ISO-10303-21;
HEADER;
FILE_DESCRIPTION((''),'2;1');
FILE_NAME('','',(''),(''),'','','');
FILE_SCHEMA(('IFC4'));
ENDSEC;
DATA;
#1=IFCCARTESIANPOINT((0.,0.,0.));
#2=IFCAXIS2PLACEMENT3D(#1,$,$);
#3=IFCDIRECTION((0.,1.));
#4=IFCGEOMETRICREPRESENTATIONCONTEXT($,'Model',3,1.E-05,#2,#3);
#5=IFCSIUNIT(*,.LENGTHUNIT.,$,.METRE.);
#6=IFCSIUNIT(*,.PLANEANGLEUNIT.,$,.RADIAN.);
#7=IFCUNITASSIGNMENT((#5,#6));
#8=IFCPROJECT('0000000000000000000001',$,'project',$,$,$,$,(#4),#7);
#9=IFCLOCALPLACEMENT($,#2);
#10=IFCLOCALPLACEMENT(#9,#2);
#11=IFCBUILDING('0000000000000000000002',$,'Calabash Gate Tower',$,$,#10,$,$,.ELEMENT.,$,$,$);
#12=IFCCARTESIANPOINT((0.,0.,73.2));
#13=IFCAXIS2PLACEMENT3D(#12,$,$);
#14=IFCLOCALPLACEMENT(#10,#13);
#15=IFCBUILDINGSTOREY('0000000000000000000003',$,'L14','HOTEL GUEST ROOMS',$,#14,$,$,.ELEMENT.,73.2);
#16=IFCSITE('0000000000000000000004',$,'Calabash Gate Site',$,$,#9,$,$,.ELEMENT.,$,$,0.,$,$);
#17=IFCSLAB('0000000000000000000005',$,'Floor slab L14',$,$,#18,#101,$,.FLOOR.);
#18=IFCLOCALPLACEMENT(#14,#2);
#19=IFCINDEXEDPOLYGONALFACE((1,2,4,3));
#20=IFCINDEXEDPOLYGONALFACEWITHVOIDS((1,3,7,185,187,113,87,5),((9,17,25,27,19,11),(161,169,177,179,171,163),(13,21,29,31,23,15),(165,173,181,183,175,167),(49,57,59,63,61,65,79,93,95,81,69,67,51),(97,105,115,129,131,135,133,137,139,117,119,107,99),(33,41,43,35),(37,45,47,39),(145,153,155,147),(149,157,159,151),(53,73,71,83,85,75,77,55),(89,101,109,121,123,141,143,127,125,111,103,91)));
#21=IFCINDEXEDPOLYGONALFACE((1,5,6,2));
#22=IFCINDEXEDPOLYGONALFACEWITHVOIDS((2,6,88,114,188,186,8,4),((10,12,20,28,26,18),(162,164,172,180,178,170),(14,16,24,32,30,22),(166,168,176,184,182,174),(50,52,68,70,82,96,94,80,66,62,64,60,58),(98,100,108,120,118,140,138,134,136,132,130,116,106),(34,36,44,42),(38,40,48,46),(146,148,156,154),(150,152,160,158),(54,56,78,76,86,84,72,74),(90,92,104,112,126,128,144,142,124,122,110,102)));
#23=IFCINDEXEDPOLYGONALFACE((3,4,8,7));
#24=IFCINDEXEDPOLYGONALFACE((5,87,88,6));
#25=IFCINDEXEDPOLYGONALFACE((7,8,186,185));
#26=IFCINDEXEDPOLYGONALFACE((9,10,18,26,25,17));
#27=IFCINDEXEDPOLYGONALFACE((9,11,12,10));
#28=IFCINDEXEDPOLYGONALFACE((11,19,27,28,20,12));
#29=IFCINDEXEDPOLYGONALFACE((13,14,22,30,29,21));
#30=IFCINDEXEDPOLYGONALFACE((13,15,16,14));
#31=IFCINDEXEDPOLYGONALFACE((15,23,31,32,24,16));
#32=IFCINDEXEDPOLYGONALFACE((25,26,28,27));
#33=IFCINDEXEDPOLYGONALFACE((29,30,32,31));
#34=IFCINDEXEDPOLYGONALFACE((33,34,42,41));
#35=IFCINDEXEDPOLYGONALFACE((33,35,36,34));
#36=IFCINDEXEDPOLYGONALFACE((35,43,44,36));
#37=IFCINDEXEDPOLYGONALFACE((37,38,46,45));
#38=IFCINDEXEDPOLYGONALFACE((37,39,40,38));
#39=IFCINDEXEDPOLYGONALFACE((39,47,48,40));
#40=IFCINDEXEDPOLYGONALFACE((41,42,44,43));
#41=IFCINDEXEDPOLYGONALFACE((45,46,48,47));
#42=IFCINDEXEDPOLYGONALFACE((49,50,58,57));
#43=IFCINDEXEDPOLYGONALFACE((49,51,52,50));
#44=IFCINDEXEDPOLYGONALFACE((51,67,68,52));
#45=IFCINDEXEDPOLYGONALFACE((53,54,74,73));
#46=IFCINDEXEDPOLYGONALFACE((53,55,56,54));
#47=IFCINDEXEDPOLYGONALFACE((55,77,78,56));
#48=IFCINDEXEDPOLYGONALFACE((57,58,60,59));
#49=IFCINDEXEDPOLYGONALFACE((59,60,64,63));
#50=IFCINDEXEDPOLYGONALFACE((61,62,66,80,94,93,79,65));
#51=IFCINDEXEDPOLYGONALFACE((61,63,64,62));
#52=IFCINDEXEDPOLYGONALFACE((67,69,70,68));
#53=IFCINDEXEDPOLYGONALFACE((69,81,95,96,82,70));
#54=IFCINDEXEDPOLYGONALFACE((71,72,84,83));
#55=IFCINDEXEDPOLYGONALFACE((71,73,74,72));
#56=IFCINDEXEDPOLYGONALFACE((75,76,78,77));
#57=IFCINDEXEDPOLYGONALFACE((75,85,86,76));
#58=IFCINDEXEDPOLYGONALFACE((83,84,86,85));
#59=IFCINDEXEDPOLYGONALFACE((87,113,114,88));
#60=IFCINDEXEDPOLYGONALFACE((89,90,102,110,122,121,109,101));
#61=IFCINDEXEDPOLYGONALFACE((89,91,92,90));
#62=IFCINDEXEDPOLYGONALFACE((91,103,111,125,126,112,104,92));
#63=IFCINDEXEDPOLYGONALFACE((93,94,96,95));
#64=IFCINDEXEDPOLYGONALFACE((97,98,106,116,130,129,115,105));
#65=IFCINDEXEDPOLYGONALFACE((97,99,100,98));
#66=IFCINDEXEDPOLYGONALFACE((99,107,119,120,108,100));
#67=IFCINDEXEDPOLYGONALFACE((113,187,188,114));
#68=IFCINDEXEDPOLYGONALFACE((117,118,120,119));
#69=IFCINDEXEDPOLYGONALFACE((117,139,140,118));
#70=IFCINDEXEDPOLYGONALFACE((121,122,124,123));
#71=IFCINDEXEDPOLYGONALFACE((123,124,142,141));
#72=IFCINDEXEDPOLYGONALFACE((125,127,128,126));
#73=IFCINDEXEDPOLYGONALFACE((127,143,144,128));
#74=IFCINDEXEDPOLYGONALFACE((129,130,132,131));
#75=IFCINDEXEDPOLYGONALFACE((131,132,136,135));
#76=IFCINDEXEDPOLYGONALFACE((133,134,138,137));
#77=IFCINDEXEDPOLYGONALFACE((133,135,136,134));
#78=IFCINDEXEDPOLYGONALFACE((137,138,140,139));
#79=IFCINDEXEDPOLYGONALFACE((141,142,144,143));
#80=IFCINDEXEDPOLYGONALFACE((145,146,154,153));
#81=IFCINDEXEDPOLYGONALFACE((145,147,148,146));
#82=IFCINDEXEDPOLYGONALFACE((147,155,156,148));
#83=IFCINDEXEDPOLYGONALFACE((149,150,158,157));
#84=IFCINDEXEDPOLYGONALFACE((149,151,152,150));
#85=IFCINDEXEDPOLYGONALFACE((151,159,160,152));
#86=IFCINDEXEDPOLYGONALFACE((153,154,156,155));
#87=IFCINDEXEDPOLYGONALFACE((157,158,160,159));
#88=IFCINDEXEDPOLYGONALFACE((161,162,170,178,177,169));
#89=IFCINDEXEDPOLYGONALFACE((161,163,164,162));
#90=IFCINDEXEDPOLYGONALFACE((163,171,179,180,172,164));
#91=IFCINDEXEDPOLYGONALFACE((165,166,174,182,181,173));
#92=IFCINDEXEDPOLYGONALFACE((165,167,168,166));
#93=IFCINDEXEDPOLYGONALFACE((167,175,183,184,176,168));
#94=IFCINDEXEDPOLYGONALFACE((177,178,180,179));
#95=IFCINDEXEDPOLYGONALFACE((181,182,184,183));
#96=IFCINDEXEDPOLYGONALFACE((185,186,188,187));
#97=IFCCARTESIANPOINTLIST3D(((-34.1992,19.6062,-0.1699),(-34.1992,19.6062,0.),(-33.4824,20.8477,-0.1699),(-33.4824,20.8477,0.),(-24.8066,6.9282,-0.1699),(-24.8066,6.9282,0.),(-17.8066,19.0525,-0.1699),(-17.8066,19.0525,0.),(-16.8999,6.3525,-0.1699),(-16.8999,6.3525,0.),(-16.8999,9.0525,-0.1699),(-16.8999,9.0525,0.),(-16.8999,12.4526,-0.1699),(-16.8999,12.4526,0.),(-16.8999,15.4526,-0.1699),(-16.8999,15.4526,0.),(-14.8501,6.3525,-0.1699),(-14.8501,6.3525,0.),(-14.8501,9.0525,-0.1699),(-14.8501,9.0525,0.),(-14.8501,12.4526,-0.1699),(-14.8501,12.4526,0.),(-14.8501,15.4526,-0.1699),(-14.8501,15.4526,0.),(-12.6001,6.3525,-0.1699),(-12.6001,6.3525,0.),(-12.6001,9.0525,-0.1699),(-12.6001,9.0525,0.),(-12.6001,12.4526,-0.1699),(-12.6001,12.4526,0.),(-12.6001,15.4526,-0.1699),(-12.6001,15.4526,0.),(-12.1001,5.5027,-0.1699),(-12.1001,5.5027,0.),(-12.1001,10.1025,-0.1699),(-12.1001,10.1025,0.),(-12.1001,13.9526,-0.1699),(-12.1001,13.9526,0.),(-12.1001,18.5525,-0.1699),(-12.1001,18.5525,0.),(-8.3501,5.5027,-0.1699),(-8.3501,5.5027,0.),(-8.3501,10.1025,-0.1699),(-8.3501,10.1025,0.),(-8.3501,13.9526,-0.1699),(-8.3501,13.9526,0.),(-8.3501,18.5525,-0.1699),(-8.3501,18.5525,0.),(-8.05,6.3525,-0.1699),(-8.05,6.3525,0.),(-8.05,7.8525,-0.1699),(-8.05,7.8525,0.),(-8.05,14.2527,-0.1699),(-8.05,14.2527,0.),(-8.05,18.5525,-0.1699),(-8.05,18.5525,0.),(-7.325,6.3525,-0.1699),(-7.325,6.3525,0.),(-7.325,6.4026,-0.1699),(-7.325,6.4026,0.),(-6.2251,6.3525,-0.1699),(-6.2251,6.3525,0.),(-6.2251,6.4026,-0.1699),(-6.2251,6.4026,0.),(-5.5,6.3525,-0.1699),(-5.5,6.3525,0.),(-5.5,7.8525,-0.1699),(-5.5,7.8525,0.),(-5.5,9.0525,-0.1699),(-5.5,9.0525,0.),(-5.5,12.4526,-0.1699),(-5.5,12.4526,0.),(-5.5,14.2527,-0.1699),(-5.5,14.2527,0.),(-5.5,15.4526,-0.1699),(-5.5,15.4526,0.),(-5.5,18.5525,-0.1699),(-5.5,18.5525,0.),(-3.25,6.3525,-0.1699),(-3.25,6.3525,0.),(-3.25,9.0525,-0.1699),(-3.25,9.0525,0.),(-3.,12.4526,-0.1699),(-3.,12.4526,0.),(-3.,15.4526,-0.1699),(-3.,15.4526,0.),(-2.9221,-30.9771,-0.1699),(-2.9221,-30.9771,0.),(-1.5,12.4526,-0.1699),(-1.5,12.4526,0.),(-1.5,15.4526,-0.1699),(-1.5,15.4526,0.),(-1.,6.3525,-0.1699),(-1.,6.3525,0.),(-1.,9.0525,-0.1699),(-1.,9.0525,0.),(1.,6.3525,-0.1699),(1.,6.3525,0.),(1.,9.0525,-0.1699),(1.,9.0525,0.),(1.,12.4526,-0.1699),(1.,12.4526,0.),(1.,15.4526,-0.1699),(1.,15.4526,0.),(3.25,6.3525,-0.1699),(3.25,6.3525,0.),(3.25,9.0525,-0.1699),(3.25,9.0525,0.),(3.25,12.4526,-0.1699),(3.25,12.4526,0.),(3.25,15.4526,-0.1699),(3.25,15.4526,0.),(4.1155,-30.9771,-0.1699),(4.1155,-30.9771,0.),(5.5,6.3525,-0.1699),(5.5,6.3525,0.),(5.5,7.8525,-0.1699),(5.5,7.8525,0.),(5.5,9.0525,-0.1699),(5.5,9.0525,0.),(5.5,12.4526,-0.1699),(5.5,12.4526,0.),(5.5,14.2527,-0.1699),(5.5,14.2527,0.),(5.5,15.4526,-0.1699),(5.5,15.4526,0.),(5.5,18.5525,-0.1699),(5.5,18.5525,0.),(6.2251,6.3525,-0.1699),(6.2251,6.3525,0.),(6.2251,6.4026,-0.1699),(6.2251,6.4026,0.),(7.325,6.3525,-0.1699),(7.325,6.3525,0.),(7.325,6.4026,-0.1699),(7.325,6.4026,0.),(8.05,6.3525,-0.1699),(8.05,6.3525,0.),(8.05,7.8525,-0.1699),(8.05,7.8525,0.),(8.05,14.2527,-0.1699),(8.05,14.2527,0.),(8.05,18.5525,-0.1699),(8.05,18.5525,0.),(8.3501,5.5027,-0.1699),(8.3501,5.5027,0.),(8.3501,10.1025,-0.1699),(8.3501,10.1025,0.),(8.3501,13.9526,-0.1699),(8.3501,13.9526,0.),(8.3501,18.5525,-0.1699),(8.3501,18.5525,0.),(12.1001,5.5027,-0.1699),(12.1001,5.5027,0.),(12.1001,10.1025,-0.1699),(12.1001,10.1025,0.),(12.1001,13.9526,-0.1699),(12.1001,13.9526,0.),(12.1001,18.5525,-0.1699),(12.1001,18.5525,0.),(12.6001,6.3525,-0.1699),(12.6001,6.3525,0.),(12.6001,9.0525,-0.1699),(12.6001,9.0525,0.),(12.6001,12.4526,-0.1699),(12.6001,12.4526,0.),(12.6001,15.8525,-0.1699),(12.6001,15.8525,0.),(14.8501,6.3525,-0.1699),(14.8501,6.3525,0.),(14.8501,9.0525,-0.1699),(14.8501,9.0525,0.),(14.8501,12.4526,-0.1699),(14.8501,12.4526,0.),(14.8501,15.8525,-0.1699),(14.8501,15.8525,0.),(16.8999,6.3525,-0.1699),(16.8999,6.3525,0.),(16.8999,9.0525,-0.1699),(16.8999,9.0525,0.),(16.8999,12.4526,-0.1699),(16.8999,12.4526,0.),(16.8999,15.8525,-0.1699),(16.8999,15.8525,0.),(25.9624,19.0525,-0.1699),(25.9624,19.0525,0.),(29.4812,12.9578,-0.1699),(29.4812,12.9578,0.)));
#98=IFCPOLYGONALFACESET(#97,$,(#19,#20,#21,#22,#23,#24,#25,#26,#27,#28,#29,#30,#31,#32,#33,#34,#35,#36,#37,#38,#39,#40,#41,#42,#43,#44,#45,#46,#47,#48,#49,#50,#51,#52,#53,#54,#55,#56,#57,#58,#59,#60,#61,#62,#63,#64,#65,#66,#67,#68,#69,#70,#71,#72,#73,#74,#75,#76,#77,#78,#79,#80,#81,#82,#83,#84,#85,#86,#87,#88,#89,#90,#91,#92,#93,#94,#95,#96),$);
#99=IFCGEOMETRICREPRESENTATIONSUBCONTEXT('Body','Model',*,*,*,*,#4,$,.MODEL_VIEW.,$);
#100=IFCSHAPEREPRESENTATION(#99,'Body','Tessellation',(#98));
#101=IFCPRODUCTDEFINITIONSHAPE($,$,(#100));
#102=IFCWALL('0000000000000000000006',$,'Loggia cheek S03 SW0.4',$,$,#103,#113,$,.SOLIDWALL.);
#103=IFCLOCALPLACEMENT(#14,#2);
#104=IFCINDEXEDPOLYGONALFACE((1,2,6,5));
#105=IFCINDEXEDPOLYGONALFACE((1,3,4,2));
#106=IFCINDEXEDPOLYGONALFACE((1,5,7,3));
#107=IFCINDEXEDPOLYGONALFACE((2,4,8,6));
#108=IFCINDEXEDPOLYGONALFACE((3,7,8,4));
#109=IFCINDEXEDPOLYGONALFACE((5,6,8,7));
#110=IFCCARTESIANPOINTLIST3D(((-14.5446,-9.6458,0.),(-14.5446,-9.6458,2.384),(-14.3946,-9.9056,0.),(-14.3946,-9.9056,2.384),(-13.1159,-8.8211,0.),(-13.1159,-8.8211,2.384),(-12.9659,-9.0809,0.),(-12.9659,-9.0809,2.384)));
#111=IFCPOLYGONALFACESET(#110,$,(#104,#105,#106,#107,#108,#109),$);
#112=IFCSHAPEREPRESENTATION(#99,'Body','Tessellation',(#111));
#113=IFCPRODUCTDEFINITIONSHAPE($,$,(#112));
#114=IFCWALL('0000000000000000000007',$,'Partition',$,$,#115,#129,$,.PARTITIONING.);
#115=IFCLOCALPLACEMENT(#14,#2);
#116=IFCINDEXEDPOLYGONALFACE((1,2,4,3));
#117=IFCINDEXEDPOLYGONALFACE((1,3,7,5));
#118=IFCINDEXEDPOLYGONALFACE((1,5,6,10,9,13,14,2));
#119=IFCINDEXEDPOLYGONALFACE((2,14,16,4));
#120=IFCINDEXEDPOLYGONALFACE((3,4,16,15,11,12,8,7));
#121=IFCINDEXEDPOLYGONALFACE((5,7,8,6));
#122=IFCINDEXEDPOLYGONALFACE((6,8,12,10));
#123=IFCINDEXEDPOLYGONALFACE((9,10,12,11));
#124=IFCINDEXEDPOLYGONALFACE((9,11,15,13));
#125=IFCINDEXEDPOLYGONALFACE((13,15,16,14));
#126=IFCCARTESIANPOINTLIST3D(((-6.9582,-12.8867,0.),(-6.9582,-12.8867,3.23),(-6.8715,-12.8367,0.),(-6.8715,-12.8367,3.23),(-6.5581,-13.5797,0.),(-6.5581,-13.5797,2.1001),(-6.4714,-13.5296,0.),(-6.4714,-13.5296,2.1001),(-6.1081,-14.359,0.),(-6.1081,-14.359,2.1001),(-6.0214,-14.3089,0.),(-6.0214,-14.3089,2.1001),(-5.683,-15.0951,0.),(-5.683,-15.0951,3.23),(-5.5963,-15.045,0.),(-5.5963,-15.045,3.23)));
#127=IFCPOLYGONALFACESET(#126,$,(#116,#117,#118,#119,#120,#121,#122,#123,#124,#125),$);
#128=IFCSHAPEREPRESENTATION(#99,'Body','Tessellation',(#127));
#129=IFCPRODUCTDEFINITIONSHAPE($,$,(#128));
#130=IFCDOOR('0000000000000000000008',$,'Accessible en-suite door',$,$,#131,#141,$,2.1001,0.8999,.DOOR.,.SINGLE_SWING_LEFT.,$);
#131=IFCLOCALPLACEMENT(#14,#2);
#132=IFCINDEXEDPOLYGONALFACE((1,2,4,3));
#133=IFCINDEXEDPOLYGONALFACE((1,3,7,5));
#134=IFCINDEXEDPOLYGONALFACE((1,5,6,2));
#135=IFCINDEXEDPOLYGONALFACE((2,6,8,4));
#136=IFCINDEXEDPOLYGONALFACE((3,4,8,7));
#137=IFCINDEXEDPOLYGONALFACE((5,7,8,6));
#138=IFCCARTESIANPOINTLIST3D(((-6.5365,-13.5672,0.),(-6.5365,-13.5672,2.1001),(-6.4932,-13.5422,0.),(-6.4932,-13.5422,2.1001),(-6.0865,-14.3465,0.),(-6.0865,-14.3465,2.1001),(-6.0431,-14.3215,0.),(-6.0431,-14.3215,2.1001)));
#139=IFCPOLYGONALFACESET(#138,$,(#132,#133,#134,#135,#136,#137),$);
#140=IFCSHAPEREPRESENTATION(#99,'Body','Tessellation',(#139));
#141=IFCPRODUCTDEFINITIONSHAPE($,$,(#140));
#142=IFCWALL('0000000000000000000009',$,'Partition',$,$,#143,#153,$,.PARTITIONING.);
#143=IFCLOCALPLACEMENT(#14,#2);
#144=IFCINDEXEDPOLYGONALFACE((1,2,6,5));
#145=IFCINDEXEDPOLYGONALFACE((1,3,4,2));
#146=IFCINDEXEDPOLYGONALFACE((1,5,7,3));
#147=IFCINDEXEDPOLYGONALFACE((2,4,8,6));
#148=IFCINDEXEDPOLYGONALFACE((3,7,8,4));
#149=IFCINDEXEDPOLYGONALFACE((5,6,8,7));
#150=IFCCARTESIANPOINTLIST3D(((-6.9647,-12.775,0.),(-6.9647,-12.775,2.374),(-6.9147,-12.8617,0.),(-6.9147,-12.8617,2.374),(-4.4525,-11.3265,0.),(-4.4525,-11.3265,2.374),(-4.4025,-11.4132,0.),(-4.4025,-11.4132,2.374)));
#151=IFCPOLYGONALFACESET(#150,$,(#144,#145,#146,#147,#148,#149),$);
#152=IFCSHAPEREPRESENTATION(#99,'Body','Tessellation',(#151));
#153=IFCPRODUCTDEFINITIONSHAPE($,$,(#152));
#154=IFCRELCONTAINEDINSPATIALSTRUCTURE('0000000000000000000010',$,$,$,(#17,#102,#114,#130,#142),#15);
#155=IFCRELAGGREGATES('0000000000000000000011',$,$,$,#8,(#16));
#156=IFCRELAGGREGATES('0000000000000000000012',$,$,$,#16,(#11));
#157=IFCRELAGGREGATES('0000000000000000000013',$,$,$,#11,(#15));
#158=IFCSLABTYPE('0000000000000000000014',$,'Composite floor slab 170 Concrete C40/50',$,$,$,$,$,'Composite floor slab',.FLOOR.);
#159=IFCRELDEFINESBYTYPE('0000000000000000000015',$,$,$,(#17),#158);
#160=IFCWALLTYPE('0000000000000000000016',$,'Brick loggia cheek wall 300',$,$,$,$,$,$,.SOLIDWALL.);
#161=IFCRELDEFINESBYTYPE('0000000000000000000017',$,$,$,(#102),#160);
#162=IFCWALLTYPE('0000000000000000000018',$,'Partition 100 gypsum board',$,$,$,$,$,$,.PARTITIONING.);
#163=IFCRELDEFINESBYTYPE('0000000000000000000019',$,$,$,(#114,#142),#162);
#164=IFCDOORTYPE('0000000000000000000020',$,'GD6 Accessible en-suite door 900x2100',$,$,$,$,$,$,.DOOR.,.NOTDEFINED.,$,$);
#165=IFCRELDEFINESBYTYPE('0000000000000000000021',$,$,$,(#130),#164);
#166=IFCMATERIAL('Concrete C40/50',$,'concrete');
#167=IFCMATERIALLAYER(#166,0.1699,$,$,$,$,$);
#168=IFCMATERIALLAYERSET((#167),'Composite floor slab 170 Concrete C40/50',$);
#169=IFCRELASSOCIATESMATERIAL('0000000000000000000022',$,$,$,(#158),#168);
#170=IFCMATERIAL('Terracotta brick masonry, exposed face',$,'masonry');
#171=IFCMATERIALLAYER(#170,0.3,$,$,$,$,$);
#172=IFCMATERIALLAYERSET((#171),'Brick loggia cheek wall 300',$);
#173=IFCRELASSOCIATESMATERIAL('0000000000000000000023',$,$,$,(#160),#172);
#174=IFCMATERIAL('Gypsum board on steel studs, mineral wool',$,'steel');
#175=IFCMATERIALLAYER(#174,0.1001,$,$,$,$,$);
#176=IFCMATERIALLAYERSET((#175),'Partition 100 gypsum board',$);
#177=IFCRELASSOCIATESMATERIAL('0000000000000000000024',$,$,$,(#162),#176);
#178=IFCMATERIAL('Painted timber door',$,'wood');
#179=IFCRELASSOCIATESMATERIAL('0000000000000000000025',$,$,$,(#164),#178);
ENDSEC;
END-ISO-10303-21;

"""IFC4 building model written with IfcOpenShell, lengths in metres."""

from ifc_helpers import new_model, si_unit, direction, frame, frame_2d, origin, place, context, subcontext, project, spatial, polyline, rectangle, outline, extrude, material, layer, layer_set, type_object, element, fill, save


model = new_model("IFC4")

# Units and contexts
model_context = context("Model", 3, precision=1e-05, world=origin(), true_north=direction((0.0, 1.0)))
body_context = subcontext(model_context, "Body", "Model", "MODEL_VIEW")
ifc_project = project(units=[si_unit("LENGTHUNIT", "METRE"), si_unit("PLANEANGLEUNIT", "RADIAN")], contexts=[model_context])

# Site, building, storey
site_placement = place(None, origin())
site = spatial("IfcSite", under=ifc_project, at=site_placement, Name="Calabash Gate Site", CompositionType="ELEMENT", RefElevation=0.0)
building_placement = place(site_placement, origin())
building = spatial("IfcBuilding", under=site, at=building_placement, Name="Calabash Gate Tower", CompositionType="ELEMENT")
storey_placement = place(building_placement, frame((0.0, 0.0, 73.2)))
storey = spatial("IfcBuildingStorey", under=building, at=storey_placement, Name="L14", Description="HOTEL GUEST ROOMS", CompositionType="ELEMENT", Elevation=73.2)

# Slab
ifc_material_1 = material(Name="Concrete C40/50", Category="concrete")
ifc_layer_1 = layer(ifc_material_1, 0.1699)
ifc_layer_set_1 = layer_set([ifc_layer_1], Name="Composite floor slab 170 Concrete C40/50")
slab_type = type_object("IfcSlabType", Name="Composite floor slab 170 Concrete C40/50", ElementType="Composite floor slab", PredefinedType="FLOOR", material=ifc_layer_set_1)
slab_placement = place(storey_placement, frame((0.0, 0.0, -0.1699)))
element("IfcSlab", 1, at=slab_placement, inside=storey, type_object=slab_type, Name="Floor slab L14", PredefinedType="FLOOR", context=body_context, shape_type="SweptSolid", body=[
    extrude(outline(polyline([(-24.8066, 6.9282), (-34.1992, 19.6062), (-33.4824, 20.8477), (-17.8066, 19.0525), (25.9624, 19.0525), (29.4812, 12.9578), (4.1155, -30.9771), (-2.9221, -30.9771), (-24.8066, 6.9282)]), holes=[polyline([(-5.5, 9.0525), (-5.5, 7.8525), (-8.05, 7.8525), (-8.05, 6.3525), (-7.325, 6.3525), (-7.325, 6.4026), (-6.2251, 6.4026), (-6.2251, 6.3525), (-5.5, 6.3525), (-3.25, 6.3525), (-1.0, 6.3525), (-1.0, 9.0525), (-3.25, 9.0525), (-5.5, 9.0525)]), polyline([(5.5, 9.0525), (3.25, 9.0525), (1.0, 9.0525), (1.0, 6.3525), (3.25, 6.3525), (5.5, 6.3525), (6.2251, 6.3525), (6.2251, 6.4026), (7.325, 6.4026), (7.325, 6.3525), (8.05, 6.3525), (8.05, 7.8525), (5.5, 7.8525), (5.5, 9.0525)]), polyline([(-5.5, 14.2527), (-5.5, 12.4526), (-3.0, 12.4526), (-3.0, 15.4526), (-5.5, 15.4526), (-5.5, 18.5525), (-8.05, 18.5525), (-8.05, 14.2527), (-5.5, 14.2527)]), polyline([(8.05, 18.5525), (5.5, 18.5525), (5.5, 15.4526), (3.25, 15.4526), (1.0, 15.4526), (-1.5, 15.4526), (-1.5, 12.4526), (1.0, 12.4526), (3.25, 12.4526), (5.5, 12.4526), (5.5, 14.2527), (8.05, 14.2527), (8.05, 18.5525)]), polyline([(-12.6001, 6.3525), (-12.6001, 9.0525), (-14.8501, 9.0525), (-16.8999, 9.0525), (-16.8999, 6.3525), (-14.8501, 6.3525), (-12.6001, 6.3525)]), polyline([(-14.8501, 12.4526), (-12.6001, 12.4526), (-12.6001, 15.4526), (-14.8501, 15.4526), (-16.8999, 15.4526), (-16.8999, 12.4526), (-14.8501, 12.4526)]), polyline([(14.8501, 6.3525), (16.8999, 6.3525), (16.8999, 9.0525), (14.8501, 9.0525), (12.6001, 9.0525), (12.6001, 6.3525), (14.8501, 6.3525)]), polyline([(14.8501, 12.4526), (16.8999, 12.4526), (16.8999, 15.8525), (14.8501, 15.8525), (12.6001, 15.8525), (12.6001, 12.4526), (14.8501, 12.4526)]), polyline([(-8.3501, 18.5525), (-12.1001, 18.5525), (-12.1001, 13.9526), (-8.3501, 13.9526), (-8.3501, 18.5525)]), polyline([(-12.1001, 10.1025), (-12.1001, 5.5027), (-8.3501, 5.5027), (-8.3501, 10.1025), (-12.1001, 10.1025)]), polyline([(8.3501, 13.9526), (12.1001, 13.9526), (12.1001, 18.5525), (8.3501, 18.5525), (8.3501, 13.9526)]), polyline([(12.1001, 5.5027), (12.1001, 10.1025), (8.3501, 10.1025), (8.3501, 5.5027), (12.1001, 5.5027)])]), origin(), (0.0, 0.0, 1.0), 0.1699),
])

# Wall
ifc_material_2 = material(Name="Terracotta brick masonry, exposed face", Category="masonry")
ifc_layer_2 = layer(ifc_material_2, 0.3)
ifc_layer_set_2 = layer_set([ifc_layer_2], Name="Brick loggia cheek wall 300")
wall_type_1 = type_object("IfcWallType", Name="Brick loggia cheek wall 300", PredefinedType="SOLIDWALL", material=ifc_layer_set_2)
wall_1_placement = place(storey_placement, frame((-14.4695, -9.7756, 0.0), z_axis=(0.0, 0.0, 1.0), x_axis=(0.866067, 0.499927, 0.0)))
element("IfcWall", 2, at=wall_1_placement, inside=storey, type_object=wall_type_1, Name="Loggia cheek S03 SW0.4", PredefinedType="SOLIDWALL", context=body_context, shape_type="SweptSolid", body=[
    extrude(rectangle(XDim=1.6497, YDim=0.3, at=frame_2d((0.8247, 0.0))), origin(), (0.0, 0.0, 1.0), 2.384),
])

# Wall, opening, door
ifc_material_3 = material(Name="Gypsum board on steel studs, mineral wool", Category="steel")
ifc_layer_3 = layer(ifc_material_3, 0.1001)
ifc_layer_set_3 = layer_set([ifc_layer_3], Name="Partition 100 gypsum board")
wall_type_2 = type_object("IfcWallType", Name="Partition 100 gypsum board", PredefinedType="PARTITIONING", material=ifc_layer_set_3)
wall_2_placement = place(storey_placement, frame((-6.9148, -12.8618, 0.0), z_axis=(0.0, 0.0, 1.0), x_axis=(0.500062, -0.865989, 0.0)))
wall_2 = element("IfcWall", 3, at=wall_2_placement, inside=storey, type_object=wall_type_2, Name="Partition", PredefinedType="PARTITIONING", context=body_context, shape_type="SweptSolid", body=[
    extrude(rectangle(XDim=2.55, YDim=0.1001, at=frame_2d((1.2749, 0.0))), origin(), (0.0, 0.0, 1.0), 3.23),
])
opening_1_placement = place(wall_2_placement, frame((0.8, 0.0, 0.0)))
opening_1 = element("IfcOpeningElement", 4, at=opening_1_placement, cuts=wall_2, PredefinedType="OPENING", context=body_context, shape_type="SweptSolid", body=[
    extrude(rectangle(XDim=0.8999, YDim=2.1001, at=frame_2d((0.45, 1.05))), frame((0.0, 0.0601, 0.0), z_axis=(0.0, -1.0, 0.0), x_axis=(1.0, 0.0, 0.0)), (0.0, 0.0, 1.0), 0.1201),
])
ifc_material_4 = material(Name="Painted timber door", Category="wood")
door_type_1 = type_object("IfcDoorType", Name="GD6 Accessible en-suite door 900x2100", OperationType="NOTDEFINED", PredefinedType="DOOR", material=ifc_material_4)
door_1_placement = place(opening_1_placement, origin())
door_1 = element("IfcDoor", 5, at=door_1_placement, inside=storey, type_object=door_type_1, Name="Accessible en-suite door", OperationType="SINGLE_SWING_LEFT", OverallHeight=2.1001, OverallWidth=0.8999, PredefinedType="DOOR", context=body_context, shape_type="SweptSolid", body=[
    extrude(rectangle(XDim=0.8999, YDim=2.1001, at=frame_2d((0.45, 1.05))), frame((0.0, 0.0249, 0.0), z_axis=(0.0, -1.0, 0.0), x_axis=(1.0, 0.0, 0.0)), (0.0, 0.0, 1.0), 0.05),
])
fill(opening_1, door_1)

# Wall
wall_3_placement = place(storey_placement, frame((-6.9397, -12.8184, 0.0), z_axis=(0.0, 0.0, 1.0), x_axis=(0.866315, 0.499499, 0.0)))
element("IfcWall", 6, at=wall_3_placement, inside=storey, type_object=wall_type_2, Name="Partition", PredefinedType="PARTITIONING", context=body_context, shape_type="SweptSolid", body=[
    extrude(rectangle(XDim=2.8999, YDim=0.1001, at=frame_2d((1.45, 0.0))), origin(), (0.0, 0.0, 1.0), 2.374),
])

save(model, "model.ifc")
